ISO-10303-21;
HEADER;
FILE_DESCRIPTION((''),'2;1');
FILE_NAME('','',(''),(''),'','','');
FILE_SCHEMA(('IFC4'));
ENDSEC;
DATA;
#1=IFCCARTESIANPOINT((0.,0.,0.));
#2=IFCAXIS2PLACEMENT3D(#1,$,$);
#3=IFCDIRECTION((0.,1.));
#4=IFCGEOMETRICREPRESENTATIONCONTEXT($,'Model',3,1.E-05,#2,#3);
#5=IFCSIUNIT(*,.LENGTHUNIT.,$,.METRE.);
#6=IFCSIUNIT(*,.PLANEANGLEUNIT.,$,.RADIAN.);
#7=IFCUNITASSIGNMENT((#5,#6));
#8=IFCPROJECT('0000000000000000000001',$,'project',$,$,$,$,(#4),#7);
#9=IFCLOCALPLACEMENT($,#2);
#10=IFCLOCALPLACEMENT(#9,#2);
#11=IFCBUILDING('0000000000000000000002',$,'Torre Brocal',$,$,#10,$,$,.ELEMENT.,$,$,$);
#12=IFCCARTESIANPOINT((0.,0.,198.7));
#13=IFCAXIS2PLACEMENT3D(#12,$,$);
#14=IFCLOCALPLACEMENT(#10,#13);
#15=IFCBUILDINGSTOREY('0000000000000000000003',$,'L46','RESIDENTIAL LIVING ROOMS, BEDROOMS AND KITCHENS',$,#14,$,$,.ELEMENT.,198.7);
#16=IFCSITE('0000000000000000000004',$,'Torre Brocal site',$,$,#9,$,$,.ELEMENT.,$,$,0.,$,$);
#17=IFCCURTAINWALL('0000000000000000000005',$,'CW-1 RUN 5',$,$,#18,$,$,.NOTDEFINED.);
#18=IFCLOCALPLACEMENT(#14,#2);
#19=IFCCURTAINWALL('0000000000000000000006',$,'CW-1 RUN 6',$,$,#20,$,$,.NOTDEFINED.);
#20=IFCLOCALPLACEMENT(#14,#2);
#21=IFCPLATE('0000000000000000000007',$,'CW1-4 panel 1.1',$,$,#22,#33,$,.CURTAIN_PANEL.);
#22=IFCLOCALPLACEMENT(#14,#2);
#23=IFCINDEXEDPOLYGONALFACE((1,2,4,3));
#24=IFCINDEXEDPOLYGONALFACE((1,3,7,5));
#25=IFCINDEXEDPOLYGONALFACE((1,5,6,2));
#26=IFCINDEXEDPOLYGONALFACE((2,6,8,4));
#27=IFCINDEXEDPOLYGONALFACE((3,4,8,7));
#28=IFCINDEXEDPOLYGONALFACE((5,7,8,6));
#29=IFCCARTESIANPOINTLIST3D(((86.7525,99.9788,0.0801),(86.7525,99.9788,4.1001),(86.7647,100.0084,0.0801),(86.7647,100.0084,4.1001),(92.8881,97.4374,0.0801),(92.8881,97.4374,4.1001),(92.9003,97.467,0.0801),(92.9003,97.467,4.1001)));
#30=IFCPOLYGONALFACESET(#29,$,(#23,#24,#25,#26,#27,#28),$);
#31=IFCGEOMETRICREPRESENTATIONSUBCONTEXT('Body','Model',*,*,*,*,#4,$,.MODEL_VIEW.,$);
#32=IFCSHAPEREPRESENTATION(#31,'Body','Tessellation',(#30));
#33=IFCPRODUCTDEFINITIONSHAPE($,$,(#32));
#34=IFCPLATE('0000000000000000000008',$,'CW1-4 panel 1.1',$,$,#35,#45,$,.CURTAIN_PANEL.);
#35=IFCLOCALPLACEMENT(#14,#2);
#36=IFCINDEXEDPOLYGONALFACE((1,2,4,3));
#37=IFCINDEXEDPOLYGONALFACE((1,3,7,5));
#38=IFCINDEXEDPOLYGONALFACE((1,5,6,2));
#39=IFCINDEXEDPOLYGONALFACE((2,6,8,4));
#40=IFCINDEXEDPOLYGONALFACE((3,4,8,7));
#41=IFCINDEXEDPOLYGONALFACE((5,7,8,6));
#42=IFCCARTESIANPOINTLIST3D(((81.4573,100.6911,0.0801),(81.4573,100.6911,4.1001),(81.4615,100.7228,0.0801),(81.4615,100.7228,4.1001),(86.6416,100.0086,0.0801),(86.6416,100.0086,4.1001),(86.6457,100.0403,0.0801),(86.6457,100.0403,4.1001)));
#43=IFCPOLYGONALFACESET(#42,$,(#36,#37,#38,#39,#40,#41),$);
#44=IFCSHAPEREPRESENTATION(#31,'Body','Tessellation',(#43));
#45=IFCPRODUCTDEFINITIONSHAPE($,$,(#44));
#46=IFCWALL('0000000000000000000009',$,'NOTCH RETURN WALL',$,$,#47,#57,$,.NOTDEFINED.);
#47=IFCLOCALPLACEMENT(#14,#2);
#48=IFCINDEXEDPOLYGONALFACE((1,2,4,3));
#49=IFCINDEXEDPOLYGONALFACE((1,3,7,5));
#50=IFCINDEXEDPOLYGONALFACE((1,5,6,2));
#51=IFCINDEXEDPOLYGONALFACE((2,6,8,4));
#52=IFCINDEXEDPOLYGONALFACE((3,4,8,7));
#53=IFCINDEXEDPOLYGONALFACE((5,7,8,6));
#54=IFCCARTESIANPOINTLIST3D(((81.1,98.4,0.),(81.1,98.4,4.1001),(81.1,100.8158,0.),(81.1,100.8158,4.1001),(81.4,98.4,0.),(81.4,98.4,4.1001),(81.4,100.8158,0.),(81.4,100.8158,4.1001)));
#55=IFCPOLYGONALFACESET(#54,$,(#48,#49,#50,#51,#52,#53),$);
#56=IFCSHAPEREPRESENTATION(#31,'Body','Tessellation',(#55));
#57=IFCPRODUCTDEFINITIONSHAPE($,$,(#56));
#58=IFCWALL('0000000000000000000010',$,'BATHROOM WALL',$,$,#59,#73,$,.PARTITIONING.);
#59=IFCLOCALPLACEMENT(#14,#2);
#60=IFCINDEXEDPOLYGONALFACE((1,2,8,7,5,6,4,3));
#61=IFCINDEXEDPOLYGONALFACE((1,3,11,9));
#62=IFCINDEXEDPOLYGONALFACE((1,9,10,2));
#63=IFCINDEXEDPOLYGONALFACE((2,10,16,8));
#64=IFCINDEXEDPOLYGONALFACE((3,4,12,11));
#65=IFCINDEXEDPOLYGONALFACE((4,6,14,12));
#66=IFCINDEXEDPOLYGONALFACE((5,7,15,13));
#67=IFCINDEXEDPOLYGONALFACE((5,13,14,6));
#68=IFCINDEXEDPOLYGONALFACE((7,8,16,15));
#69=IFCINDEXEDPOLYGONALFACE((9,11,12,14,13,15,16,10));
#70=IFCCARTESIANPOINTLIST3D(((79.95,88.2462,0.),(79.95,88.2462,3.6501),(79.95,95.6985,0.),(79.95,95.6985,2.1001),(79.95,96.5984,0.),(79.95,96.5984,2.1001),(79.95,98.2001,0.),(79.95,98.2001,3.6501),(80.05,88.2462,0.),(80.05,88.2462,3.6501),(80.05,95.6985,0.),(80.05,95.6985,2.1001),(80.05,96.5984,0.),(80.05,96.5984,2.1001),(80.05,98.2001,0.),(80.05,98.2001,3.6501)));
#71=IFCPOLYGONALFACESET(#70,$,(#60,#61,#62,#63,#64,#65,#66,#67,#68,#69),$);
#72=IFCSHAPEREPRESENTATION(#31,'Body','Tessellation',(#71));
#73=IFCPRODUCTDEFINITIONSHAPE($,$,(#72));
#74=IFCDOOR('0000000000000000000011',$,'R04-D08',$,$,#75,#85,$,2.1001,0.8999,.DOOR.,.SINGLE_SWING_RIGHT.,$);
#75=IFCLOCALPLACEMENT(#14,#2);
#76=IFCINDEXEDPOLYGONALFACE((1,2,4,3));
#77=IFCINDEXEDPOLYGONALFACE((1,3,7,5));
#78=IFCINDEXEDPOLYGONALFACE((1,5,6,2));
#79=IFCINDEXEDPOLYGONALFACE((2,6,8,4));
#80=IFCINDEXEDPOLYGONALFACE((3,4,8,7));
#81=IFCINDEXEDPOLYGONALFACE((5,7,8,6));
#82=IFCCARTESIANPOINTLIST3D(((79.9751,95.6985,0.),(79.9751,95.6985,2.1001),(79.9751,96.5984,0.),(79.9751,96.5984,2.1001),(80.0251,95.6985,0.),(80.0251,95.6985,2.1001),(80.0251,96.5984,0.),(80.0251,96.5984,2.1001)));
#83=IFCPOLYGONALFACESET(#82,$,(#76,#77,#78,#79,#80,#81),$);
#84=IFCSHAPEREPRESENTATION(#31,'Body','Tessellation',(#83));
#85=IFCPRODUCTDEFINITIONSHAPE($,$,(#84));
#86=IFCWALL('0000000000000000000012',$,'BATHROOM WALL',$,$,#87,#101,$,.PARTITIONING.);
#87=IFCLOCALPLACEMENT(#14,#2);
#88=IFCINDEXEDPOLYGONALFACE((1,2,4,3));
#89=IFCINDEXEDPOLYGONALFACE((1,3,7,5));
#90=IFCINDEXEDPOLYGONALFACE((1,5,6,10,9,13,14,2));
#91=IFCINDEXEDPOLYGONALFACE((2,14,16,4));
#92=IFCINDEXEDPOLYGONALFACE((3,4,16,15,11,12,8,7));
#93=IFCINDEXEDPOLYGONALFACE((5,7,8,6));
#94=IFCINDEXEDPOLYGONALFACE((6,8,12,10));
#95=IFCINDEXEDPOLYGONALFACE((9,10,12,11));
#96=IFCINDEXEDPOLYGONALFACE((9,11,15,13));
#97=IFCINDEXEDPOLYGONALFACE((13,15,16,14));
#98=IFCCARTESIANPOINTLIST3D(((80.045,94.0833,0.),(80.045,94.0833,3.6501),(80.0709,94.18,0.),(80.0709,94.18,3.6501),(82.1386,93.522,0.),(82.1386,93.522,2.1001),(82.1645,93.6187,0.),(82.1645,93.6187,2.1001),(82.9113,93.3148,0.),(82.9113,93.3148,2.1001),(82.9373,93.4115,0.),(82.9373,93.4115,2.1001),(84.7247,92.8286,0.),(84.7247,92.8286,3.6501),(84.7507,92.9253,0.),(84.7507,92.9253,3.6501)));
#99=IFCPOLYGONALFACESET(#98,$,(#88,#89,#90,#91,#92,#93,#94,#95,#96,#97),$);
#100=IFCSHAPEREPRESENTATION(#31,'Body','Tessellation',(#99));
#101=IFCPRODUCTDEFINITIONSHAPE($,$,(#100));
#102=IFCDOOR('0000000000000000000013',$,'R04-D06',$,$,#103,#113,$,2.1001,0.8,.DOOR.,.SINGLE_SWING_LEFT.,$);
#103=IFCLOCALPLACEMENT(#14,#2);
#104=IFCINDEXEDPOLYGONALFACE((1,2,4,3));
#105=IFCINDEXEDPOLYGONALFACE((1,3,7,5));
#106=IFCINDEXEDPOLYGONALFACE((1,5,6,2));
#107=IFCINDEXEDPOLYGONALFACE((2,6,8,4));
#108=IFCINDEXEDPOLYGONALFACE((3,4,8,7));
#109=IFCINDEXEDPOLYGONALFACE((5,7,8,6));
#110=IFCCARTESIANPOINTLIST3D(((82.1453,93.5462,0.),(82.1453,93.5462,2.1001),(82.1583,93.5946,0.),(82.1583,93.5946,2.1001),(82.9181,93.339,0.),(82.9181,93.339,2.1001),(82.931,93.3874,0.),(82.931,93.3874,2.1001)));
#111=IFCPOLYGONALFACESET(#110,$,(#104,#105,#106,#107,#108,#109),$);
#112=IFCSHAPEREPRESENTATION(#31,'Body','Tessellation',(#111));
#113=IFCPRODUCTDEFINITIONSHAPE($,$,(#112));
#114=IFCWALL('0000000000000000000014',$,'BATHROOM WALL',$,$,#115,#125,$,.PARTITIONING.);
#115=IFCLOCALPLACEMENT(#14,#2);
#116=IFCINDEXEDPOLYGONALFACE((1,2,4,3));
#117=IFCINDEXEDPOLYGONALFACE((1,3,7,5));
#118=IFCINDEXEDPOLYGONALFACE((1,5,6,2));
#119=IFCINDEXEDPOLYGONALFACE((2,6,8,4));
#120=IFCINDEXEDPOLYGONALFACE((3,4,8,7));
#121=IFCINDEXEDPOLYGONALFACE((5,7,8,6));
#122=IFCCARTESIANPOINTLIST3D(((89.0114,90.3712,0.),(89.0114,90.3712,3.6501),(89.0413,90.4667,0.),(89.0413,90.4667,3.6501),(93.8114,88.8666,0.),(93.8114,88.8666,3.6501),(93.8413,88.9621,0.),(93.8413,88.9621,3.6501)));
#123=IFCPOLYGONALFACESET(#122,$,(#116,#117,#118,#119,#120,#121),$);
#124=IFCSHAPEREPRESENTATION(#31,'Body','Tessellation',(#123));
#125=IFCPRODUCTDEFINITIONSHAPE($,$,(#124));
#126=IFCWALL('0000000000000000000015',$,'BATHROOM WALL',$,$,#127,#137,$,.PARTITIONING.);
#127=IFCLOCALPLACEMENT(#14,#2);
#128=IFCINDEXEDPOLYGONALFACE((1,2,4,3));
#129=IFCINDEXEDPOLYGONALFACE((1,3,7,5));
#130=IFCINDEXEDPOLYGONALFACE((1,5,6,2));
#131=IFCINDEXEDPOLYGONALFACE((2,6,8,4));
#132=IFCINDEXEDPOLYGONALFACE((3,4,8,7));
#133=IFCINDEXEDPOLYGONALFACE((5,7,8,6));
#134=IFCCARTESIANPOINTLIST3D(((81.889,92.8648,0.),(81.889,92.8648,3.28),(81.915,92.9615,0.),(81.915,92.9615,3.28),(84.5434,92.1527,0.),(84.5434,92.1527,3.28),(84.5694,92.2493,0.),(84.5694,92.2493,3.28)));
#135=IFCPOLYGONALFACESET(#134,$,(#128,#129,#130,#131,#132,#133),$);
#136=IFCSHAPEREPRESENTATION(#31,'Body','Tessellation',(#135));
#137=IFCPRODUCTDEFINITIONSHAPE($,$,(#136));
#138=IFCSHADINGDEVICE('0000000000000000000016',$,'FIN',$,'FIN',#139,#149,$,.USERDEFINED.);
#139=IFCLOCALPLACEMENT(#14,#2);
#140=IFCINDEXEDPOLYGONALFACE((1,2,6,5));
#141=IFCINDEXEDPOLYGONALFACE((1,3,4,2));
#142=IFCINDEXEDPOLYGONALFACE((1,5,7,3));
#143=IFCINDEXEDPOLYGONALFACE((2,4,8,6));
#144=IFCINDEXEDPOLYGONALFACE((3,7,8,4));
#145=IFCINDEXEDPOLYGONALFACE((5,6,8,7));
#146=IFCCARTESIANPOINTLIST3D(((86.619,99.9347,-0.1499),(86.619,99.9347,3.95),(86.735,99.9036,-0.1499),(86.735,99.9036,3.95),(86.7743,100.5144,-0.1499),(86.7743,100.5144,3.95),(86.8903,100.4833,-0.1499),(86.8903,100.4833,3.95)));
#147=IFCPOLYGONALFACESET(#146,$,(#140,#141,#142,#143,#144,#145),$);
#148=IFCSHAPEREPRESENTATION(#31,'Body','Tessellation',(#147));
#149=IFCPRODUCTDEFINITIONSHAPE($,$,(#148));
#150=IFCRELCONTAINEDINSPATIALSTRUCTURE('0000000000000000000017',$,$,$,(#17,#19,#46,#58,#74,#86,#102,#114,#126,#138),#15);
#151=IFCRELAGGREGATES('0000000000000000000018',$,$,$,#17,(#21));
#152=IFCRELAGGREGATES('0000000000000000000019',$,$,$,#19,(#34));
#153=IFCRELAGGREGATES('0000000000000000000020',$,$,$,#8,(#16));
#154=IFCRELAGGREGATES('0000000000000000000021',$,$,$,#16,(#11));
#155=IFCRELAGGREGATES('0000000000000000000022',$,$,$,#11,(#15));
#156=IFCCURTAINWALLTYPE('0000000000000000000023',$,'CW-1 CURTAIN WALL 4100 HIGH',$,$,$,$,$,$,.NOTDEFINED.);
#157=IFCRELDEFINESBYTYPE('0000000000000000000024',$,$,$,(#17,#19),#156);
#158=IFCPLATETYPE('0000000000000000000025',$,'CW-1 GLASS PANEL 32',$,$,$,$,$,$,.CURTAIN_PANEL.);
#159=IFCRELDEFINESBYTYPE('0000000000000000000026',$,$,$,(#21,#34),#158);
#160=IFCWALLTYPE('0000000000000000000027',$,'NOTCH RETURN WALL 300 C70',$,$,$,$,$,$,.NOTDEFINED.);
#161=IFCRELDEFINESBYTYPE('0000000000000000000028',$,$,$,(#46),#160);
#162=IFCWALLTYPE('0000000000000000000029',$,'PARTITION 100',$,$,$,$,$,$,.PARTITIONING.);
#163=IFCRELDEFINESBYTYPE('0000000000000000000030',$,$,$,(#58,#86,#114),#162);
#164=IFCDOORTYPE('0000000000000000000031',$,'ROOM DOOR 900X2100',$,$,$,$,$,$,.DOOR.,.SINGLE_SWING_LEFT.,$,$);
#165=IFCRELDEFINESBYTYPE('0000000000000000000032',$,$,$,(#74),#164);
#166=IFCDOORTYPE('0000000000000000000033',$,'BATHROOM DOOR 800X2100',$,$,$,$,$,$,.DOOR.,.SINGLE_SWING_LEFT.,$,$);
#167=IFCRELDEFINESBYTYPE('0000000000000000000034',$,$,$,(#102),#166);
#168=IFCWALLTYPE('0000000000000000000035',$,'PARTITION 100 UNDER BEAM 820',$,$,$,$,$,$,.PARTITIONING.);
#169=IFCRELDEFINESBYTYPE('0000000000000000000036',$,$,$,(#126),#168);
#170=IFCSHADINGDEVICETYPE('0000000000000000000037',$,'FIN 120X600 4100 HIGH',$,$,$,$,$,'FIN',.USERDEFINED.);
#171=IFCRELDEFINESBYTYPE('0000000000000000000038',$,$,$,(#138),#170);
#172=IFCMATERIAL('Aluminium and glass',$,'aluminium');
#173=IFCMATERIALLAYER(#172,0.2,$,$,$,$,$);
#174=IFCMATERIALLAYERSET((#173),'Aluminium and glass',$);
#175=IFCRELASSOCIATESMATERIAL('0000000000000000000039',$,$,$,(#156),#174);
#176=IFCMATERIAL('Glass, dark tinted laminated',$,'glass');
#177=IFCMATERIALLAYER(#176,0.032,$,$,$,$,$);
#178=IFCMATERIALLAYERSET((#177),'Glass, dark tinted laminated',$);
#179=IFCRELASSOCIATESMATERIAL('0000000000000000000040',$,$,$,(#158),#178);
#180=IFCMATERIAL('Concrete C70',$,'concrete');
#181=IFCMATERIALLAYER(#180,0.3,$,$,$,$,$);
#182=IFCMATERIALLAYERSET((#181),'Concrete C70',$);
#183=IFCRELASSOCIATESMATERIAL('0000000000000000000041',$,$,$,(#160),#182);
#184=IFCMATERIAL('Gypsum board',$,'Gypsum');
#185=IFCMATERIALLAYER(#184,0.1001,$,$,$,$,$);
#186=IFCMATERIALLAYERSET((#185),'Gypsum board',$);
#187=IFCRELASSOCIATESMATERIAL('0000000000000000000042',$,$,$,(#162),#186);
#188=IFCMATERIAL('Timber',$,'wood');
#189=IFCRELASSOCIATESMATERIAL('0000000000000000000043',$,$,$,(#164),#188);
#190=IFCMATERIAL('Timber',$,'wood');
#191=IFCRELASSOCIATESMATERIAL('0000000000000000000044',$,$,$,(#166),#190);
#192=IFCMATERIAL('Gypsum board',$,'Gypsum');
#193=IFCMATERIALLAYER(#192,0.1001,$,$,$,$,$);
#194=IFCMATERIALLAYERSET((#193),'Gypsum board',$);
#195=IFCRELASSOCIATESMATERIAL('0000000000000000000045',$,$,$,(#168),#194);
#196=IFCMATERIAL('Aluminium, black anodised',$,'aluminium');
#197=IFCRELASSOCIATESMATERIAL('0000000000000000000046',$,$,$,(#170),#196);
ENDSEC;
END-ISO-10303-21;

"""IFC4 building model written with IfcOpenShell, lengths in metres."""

from ifc_helpers import new_model, si_unit, direction, frame, frame_2d, origin, origin_2d, place, context, subcontext, project, spatial, rectangle, extrude, material, layer, layer_set, material_profile, profile_set, type_object, element, fill, aggregate, save


model = new_model("IFC4")

# Units and contexts
model_context = context("Model", 3, precision=1e-05, world=origin(), true_north=direction((0.0, 1.0)))
body_context = subcontext(model_context, "Body", "Model", "MODEL_VIEW")
ifc_project = project(units=[si_unit("LENGTHUNIT", "METRE"), si_unit("PLANEANGLEUNIT", "RADIAN")], contexts=[model_context])

# Site, building, storey
site_placement = place(None, origin())
site = spatial("IfcSite", under=ifc_project, at=site_placement, Name="Torre Brocal site", CompositionType="ELEMENT", RefElevation=0.0)
building_placement = place(site_placement, origin())
building = spatial("IfcBuilding", under=site, at=building_placement, Name="Torre Brocal", CompositionType="ELEMENT")
storey_placement = place(building_placement, frame((0.0, 0.0, 198.7)))
storey = spatial("IfcBuildingStorey", under=building, at=storey_placement, Name="L46", Description="RESIDENTIAL LIVING ROOMS, BEDROOMS AND KITCHENS", CompositionType="ELEMENT", Elevation=198.7)

# Curtain wall
ifc_material_1 = material(Name="Aluminium and glass", Category="aluminium")
ifc_layer_1 = layer(ifc_material_1, 0.2)
ifc_layer_set_1 = layer_set([ifc_layer_1], Name="Aluminium and glass")
curtain_wall_type = type_object("IfcCurtainWallType", Name="CW-1 CURTAIN WALL 4100 HIGH", PredefinedType="NOTDEFINED", material=ifc_layer_set_1)
curtain_wall_1_placement = place(storey_placement, origin())
curtain_wall_1 = element("IfcCurtainWall", 1, at=curtain_wall_1_placement, inside=storey, type_object=curtain_wall_type, Name="CW-1 RUN 5", PredefinedType="NOTDEFINED")

# Curtain wall
curtain_wall_2_placement = place(storey_placement, origin())
curtain_wall_2 = element("IfcCurtainWall", 2, at=curtain_wall_2_placement, inside=storey, type_object=curtain_wall_type, Name="CW-1 RUN 6", PredefinedType="NOTDEFINED")

# Plates
ifc_material_2 = material(Name="Glass, dark tinted laminated", Category="glass")
ifc_layer_2 = layer(ifc_material_2, 0.032)
ifc_layer_set_2 = layer_set([ifc_layer_2], Name="Glass, dark tinted laminated")
plate_type = type_object("IfcPlateType", Name="CW-1 GLASS PANEL 32", PredefinedType="CURTAIN_PANEL", material=ifc_layer_set_2)
plate_1_placement = place(storey_placement, frame((89.8264, 98.7229, 0.0801), z_axis=(0.0, 0.0, 1.0), x_axis=(-0.92388, 0.382683, 0.0)))
plate_1 = element("IfcPlate", 3, at=plate_1_placement, type_object=plate_type, Name="CW1-4 panel 1.1", PredefinedType="CURTAIN_PANEL", context=body_context, shape_type="SweptSolid", body=[
    extrude(rectangle(XDim=6.6411, YDim=0.032, at=origin_2d()), origin(), (0.0, 0.0, 1.0), 4.02),
])
aggregate(curtain_wall_1, [plate_1])
plate_2_placement = place(storey_placement, frame((84.0515, 100.3657, 0.0801), z_axis=(0.0, 0.0, 1.0), x_axis=(-0.991445, 0.130526, 0.0)))
plate_2 = element("IfcPlate", 4, at=plate_2_placement, type_object=plate_type, Name="CW1-4 panel 1.1", PredefinedType="CURTAIN_PANEL", context=body_context, shape_type="SweptSolid", body=[
    extrude(rectangle(XDim=5.229, YDim=0.032, at=origin_2d()), origin(), (0.0, 0.0, 1.0), 4.02),
])
aggregate(curtain_wall_2, [plate_2])

# Wall
ifc_material_3 = material(Name="Concrete C70", Category="concrete")
ifc_layer_3 = layer(ifc_material_3, 0.3)
ifc_layer_set_3 = layer_set([ifc_layer_3], Name="Concrete C70")
wall_type_1 = type_object("IfcWallType", Name="NOTCH RETURN WALL 300 C70", PredefinedType="NOTDEFINED", material=ifc_layer_set_3)
wall_1_placement = place(storey_placement, frame((81.25, 98.3999, 0.0), z_axis=(0.0, 0.0, 1.0), x_axis=(0.0, 1.0, 0.0)))
element("IfcWall", 5, at=wall_1_placement, inside=storey, type_object=wall_type_1, Name="NOTCH RETURN WALL", PredefinedType="NOTDEFINED", context=body_context, shape_type="SweptSolid", body=[
    extrude(rectangle(XDim=2.4158, YDim=0.3, at=frame_2d((1.208, 0.0))), origin(), (0.0, 0.0, 1.0), 4.1001),
])

# Walls, openings, doors
ifc_material_4 = material(Name="Gypsum board", Category="Gypsum")
ifc_layer_4 = layer(ifc_material_4, 0.1001)
ifc_layer_set_4 = layer_set([ifc_layer_4], Name="Gypsum board")
wall_type_2 = type_object("IfcWallType", Name="PARTITION 100", PredefinedType="PARTITIONING", material=ifc_layer_set_4)
wall_2_placement = place(storey_placement, frame((80.0, 88.2461, 0.0), z_axis=(0.0, 0.0, 1.0), x_axis=(0.0, 1.0, 0.0)))
wall_2 = element("IfcWall", 6, at=wall_2_placement, inside=storey, type_object=wall_type_2, Name="BATHROOM WALL", PredefinedType="PARTITIONING", context=body_context, shape_type="SweptSolid", body=[
    extrude(rectangle(XDim=9.9539, YDim=0.1001, at=frame_2d((4.9771, 0.0))), origin(), (0.0, 0.0, 1.0), 3.6501),
])
opening_1_placement = place(wall_2_placement, frame((7.4524, 0.0, 0.0)))
opening_1 = element("IfcOpeningElement", 7, at=opening_1_placement, cuts=wall_2, PredefinedType="OPENING", context=body_context, shape_type="SweptSolid", body=[
    extrude(rectangle(XDim=0.8999, YDim=2.1001, at=frame_2d((0.45, 1.05))), frame((0.0, 0.0601, 0.0), z_axis=(0.0, -1.0, 0.0), x_axis=(1.0, 0.0, 0.0)), (0.0, 0.0, 1.0), 0.1201),
])
ifc_material_5 = material(Name="Timber", Category="wood")
door_type_1 = type_object("IfcDoorType", Name="ROOM DOOR 900X2100", OperationType="SINGLE_SWING_LEFT", PredefinedType="DOOR", material=ifc_material_5)
door_1_placement = place(opening_1_placement, origin())
door_1 = element("IfcDoor", 8, at=door_1_placement, inside=storey, type_object=door_type_1, Name="R04-D08", OperationType="SINGLE_SWING_RIGHT", OverallHeight=2.1001, OverallWidth=0.8999, PredefinedType="DOOR", context=body_context, shape_type="SweptSolid", body=[
    extrude(rectangle(XDim=0.8999, YDim=2.1001, at=frame_2d((0.45, 1.05))), frame((0.0, 0.0249, 0.0), z_axis=(0.0, -1.0, 0.0), x_axis=(1.0, 0.0, 0.0)), (0.0, 0.0, 1.0), 0.05),
])
fill(opening_1, door_1)
wall_3_placement = place(storey_placement, frame((80.0581, 94.1316, 0.0), z_axis=(0.0, 0.0, 1.0), x_axis=(0.965889, -0.258958, 0.0)))
wall_3 = element("IfcWall", 9, at=wall_3_placement, inside=storey, type_object=wall_type_2, Name="BATHROOM WALL", PredefinedType="PARTITIONING", context=body_context, shape_type="SweptSolid", body=[
    extrude(rectangle(XDim=4.845, YDim=0.1001, at=frame_2d((2.4224, 0.0))), origin(), (0.0, 0.0, 1.0), 3.6501),
])
opening_2_placement = place(wall_3_placement, frame((2.1675, 0.0, 0.0)))
opening_2 = element("IfcOpeningElement", 10, at=opening_2_placement, cuts=wall_3, PredefinedType="OPENING", context=body_context, shape_type="SweptSolid", body=[
    extrude(rectangle(XDim=0.8, YDim=2.1001, at=frame_2d((0.3999, 1.05))), frame((0.0, 0.0601, 0.0), z_axis=(0.0, -1.0, 0.0), x_axis=(1.0, 0.0, 0.0)), (0.0, 0.0, 1.0), 0.1201),
])
ifc_material_6 = material(Name="Timber", Category="wood")
door_type_2 = type_object("IfcDoorType", Name="BATHROOM DOOR 800X2100", OperationType="SINGLE_SWING_LEFT", PredefinedType="DOOR", material=ifc_material_6)
door_2_placement = place(opening_2_placement, frame((0.8, 0.0, 0.0), z_axis=(0.0, 0.0, 1.0), x_axis=(-1.0, 0.0, 0.0)))
door_2 = element("IfcDoor", 11, at=door_2_placement, inside=storey, type_object=door_type_2, Name="R04-D06", OperationType="SINGLE_SWING_LEFT", OverallHeight=2.1001, OverallWidth=0.8, PredefinedType="DOOR", context=body_context, shape_type="SweptSolid", body=[
    extrude(rectangle(XDim=0.8, YDim=2.1001, at=frame_2d((0.3999, 1.05))), frame((0.0, 0.0249, 0.0), z_axis=(0.0, -1.0, 0.0), x_axis=(1.0, 0.0, 0.0)), (0.0, 0.0, 1.0), 0.05),
])
fill(opening_2, door_2)

# Walls
wall_4_placement = place(storey_placement, frame((89.0264, 90.4189, 0.0), z_axis=(0.0, 0.0, 1.0), x_axis=(0.954218, -0.299112, 0.0)))
element("IfcWall", 12, at=wall_4_placement, inside=storey, type_object=wall_type_2, Name="BATHROOM WALL", PredefinedType="PARTITIONING", context=body_context, shape_type="SweptSolid", body=[
    extrude(rectangle(XDim=5.0303, YDim=0.1001, at=frame_2d((2.5151, 0.0))), origin(), (0.0, 0.0, 1.0), 3.6501),
])
ifc_material_7 = material(Name="Gypsum board", Category="Gypsum")
ifc_layer_5 = layer(ifc_material_7, 0.1001)
ifc_layer_set_5 = layer_set([ifc_layer_5], Name="Gypsum board")
wall_type_3 = type_object("IfcWallType", Name="PARTITION 100 UNDER BEAM 820", PredefinedType="PARTITIONING", material=ifc_layer_set_5)
wall_5_placement = place(storey_placement, frame((81.9021, 92.9131, 0.0), z_axis=(0.0, 0.0, 1.0), x_axis=(0.965846, -0.259116, 0.0)))
element("IfcWall", 13, at=wall_5_placement, inside=storey, type_object=wall_type_3, Name="BATHROOM WALL", PredefinedType="PARTITIONING", context=body_context, shape_type="SweptSolid", body=[
    extrude(rectangle(XDim=2.7483, YDim=0.1001, at=frame_2d((1.374, 0.0))), origin(), (0.0, 0.0, 1.0), 3.28),
])

# Shading device
ifc_material_8 = material(Name="Aluminium, black anodised", Category="aluminium")
ifc_material_profile_1 = material_profile(ifc_material_8, rectangle(XDim=0.1201, YDim=0.6001, at=origin_2d()), Name="FIN 120X600 4100 HIGH")
ifc_profile_set_1 = profile_set([ifc_material_profile_1], Name="Aluminium, black anodised")
shading_device_type = type_object("IfcShadingDeviceType", Name="FIN 120X600 4100 HIGH", ElementType="FIN", PredefinedType="USERDEFINED", material=ifc_profile_set_1)
shading_device_placement = place(storey_placement, frame((86.7546, 100.209, -0.1499), z_axis=(0.0, 0.0, 1.0), x_axis=(-0.965926, 0.258819, 0.0)))
element("IfcShadingDevice", 14, at=shading_device_placement, inside=storey, type_object=shading_device_type, Name="FIN", ObjectType="FIN", PredefinedType="USERDEFINED", context=body_context, shape_type="SweptSolid", body=[
    extrude(rectangle(XDim=0.1201, YDim=0.6001, at=origin_2d()), origin(), (0.0, 0.0, 1.0), 4.0999),
])

save(model, "model.ifc")
